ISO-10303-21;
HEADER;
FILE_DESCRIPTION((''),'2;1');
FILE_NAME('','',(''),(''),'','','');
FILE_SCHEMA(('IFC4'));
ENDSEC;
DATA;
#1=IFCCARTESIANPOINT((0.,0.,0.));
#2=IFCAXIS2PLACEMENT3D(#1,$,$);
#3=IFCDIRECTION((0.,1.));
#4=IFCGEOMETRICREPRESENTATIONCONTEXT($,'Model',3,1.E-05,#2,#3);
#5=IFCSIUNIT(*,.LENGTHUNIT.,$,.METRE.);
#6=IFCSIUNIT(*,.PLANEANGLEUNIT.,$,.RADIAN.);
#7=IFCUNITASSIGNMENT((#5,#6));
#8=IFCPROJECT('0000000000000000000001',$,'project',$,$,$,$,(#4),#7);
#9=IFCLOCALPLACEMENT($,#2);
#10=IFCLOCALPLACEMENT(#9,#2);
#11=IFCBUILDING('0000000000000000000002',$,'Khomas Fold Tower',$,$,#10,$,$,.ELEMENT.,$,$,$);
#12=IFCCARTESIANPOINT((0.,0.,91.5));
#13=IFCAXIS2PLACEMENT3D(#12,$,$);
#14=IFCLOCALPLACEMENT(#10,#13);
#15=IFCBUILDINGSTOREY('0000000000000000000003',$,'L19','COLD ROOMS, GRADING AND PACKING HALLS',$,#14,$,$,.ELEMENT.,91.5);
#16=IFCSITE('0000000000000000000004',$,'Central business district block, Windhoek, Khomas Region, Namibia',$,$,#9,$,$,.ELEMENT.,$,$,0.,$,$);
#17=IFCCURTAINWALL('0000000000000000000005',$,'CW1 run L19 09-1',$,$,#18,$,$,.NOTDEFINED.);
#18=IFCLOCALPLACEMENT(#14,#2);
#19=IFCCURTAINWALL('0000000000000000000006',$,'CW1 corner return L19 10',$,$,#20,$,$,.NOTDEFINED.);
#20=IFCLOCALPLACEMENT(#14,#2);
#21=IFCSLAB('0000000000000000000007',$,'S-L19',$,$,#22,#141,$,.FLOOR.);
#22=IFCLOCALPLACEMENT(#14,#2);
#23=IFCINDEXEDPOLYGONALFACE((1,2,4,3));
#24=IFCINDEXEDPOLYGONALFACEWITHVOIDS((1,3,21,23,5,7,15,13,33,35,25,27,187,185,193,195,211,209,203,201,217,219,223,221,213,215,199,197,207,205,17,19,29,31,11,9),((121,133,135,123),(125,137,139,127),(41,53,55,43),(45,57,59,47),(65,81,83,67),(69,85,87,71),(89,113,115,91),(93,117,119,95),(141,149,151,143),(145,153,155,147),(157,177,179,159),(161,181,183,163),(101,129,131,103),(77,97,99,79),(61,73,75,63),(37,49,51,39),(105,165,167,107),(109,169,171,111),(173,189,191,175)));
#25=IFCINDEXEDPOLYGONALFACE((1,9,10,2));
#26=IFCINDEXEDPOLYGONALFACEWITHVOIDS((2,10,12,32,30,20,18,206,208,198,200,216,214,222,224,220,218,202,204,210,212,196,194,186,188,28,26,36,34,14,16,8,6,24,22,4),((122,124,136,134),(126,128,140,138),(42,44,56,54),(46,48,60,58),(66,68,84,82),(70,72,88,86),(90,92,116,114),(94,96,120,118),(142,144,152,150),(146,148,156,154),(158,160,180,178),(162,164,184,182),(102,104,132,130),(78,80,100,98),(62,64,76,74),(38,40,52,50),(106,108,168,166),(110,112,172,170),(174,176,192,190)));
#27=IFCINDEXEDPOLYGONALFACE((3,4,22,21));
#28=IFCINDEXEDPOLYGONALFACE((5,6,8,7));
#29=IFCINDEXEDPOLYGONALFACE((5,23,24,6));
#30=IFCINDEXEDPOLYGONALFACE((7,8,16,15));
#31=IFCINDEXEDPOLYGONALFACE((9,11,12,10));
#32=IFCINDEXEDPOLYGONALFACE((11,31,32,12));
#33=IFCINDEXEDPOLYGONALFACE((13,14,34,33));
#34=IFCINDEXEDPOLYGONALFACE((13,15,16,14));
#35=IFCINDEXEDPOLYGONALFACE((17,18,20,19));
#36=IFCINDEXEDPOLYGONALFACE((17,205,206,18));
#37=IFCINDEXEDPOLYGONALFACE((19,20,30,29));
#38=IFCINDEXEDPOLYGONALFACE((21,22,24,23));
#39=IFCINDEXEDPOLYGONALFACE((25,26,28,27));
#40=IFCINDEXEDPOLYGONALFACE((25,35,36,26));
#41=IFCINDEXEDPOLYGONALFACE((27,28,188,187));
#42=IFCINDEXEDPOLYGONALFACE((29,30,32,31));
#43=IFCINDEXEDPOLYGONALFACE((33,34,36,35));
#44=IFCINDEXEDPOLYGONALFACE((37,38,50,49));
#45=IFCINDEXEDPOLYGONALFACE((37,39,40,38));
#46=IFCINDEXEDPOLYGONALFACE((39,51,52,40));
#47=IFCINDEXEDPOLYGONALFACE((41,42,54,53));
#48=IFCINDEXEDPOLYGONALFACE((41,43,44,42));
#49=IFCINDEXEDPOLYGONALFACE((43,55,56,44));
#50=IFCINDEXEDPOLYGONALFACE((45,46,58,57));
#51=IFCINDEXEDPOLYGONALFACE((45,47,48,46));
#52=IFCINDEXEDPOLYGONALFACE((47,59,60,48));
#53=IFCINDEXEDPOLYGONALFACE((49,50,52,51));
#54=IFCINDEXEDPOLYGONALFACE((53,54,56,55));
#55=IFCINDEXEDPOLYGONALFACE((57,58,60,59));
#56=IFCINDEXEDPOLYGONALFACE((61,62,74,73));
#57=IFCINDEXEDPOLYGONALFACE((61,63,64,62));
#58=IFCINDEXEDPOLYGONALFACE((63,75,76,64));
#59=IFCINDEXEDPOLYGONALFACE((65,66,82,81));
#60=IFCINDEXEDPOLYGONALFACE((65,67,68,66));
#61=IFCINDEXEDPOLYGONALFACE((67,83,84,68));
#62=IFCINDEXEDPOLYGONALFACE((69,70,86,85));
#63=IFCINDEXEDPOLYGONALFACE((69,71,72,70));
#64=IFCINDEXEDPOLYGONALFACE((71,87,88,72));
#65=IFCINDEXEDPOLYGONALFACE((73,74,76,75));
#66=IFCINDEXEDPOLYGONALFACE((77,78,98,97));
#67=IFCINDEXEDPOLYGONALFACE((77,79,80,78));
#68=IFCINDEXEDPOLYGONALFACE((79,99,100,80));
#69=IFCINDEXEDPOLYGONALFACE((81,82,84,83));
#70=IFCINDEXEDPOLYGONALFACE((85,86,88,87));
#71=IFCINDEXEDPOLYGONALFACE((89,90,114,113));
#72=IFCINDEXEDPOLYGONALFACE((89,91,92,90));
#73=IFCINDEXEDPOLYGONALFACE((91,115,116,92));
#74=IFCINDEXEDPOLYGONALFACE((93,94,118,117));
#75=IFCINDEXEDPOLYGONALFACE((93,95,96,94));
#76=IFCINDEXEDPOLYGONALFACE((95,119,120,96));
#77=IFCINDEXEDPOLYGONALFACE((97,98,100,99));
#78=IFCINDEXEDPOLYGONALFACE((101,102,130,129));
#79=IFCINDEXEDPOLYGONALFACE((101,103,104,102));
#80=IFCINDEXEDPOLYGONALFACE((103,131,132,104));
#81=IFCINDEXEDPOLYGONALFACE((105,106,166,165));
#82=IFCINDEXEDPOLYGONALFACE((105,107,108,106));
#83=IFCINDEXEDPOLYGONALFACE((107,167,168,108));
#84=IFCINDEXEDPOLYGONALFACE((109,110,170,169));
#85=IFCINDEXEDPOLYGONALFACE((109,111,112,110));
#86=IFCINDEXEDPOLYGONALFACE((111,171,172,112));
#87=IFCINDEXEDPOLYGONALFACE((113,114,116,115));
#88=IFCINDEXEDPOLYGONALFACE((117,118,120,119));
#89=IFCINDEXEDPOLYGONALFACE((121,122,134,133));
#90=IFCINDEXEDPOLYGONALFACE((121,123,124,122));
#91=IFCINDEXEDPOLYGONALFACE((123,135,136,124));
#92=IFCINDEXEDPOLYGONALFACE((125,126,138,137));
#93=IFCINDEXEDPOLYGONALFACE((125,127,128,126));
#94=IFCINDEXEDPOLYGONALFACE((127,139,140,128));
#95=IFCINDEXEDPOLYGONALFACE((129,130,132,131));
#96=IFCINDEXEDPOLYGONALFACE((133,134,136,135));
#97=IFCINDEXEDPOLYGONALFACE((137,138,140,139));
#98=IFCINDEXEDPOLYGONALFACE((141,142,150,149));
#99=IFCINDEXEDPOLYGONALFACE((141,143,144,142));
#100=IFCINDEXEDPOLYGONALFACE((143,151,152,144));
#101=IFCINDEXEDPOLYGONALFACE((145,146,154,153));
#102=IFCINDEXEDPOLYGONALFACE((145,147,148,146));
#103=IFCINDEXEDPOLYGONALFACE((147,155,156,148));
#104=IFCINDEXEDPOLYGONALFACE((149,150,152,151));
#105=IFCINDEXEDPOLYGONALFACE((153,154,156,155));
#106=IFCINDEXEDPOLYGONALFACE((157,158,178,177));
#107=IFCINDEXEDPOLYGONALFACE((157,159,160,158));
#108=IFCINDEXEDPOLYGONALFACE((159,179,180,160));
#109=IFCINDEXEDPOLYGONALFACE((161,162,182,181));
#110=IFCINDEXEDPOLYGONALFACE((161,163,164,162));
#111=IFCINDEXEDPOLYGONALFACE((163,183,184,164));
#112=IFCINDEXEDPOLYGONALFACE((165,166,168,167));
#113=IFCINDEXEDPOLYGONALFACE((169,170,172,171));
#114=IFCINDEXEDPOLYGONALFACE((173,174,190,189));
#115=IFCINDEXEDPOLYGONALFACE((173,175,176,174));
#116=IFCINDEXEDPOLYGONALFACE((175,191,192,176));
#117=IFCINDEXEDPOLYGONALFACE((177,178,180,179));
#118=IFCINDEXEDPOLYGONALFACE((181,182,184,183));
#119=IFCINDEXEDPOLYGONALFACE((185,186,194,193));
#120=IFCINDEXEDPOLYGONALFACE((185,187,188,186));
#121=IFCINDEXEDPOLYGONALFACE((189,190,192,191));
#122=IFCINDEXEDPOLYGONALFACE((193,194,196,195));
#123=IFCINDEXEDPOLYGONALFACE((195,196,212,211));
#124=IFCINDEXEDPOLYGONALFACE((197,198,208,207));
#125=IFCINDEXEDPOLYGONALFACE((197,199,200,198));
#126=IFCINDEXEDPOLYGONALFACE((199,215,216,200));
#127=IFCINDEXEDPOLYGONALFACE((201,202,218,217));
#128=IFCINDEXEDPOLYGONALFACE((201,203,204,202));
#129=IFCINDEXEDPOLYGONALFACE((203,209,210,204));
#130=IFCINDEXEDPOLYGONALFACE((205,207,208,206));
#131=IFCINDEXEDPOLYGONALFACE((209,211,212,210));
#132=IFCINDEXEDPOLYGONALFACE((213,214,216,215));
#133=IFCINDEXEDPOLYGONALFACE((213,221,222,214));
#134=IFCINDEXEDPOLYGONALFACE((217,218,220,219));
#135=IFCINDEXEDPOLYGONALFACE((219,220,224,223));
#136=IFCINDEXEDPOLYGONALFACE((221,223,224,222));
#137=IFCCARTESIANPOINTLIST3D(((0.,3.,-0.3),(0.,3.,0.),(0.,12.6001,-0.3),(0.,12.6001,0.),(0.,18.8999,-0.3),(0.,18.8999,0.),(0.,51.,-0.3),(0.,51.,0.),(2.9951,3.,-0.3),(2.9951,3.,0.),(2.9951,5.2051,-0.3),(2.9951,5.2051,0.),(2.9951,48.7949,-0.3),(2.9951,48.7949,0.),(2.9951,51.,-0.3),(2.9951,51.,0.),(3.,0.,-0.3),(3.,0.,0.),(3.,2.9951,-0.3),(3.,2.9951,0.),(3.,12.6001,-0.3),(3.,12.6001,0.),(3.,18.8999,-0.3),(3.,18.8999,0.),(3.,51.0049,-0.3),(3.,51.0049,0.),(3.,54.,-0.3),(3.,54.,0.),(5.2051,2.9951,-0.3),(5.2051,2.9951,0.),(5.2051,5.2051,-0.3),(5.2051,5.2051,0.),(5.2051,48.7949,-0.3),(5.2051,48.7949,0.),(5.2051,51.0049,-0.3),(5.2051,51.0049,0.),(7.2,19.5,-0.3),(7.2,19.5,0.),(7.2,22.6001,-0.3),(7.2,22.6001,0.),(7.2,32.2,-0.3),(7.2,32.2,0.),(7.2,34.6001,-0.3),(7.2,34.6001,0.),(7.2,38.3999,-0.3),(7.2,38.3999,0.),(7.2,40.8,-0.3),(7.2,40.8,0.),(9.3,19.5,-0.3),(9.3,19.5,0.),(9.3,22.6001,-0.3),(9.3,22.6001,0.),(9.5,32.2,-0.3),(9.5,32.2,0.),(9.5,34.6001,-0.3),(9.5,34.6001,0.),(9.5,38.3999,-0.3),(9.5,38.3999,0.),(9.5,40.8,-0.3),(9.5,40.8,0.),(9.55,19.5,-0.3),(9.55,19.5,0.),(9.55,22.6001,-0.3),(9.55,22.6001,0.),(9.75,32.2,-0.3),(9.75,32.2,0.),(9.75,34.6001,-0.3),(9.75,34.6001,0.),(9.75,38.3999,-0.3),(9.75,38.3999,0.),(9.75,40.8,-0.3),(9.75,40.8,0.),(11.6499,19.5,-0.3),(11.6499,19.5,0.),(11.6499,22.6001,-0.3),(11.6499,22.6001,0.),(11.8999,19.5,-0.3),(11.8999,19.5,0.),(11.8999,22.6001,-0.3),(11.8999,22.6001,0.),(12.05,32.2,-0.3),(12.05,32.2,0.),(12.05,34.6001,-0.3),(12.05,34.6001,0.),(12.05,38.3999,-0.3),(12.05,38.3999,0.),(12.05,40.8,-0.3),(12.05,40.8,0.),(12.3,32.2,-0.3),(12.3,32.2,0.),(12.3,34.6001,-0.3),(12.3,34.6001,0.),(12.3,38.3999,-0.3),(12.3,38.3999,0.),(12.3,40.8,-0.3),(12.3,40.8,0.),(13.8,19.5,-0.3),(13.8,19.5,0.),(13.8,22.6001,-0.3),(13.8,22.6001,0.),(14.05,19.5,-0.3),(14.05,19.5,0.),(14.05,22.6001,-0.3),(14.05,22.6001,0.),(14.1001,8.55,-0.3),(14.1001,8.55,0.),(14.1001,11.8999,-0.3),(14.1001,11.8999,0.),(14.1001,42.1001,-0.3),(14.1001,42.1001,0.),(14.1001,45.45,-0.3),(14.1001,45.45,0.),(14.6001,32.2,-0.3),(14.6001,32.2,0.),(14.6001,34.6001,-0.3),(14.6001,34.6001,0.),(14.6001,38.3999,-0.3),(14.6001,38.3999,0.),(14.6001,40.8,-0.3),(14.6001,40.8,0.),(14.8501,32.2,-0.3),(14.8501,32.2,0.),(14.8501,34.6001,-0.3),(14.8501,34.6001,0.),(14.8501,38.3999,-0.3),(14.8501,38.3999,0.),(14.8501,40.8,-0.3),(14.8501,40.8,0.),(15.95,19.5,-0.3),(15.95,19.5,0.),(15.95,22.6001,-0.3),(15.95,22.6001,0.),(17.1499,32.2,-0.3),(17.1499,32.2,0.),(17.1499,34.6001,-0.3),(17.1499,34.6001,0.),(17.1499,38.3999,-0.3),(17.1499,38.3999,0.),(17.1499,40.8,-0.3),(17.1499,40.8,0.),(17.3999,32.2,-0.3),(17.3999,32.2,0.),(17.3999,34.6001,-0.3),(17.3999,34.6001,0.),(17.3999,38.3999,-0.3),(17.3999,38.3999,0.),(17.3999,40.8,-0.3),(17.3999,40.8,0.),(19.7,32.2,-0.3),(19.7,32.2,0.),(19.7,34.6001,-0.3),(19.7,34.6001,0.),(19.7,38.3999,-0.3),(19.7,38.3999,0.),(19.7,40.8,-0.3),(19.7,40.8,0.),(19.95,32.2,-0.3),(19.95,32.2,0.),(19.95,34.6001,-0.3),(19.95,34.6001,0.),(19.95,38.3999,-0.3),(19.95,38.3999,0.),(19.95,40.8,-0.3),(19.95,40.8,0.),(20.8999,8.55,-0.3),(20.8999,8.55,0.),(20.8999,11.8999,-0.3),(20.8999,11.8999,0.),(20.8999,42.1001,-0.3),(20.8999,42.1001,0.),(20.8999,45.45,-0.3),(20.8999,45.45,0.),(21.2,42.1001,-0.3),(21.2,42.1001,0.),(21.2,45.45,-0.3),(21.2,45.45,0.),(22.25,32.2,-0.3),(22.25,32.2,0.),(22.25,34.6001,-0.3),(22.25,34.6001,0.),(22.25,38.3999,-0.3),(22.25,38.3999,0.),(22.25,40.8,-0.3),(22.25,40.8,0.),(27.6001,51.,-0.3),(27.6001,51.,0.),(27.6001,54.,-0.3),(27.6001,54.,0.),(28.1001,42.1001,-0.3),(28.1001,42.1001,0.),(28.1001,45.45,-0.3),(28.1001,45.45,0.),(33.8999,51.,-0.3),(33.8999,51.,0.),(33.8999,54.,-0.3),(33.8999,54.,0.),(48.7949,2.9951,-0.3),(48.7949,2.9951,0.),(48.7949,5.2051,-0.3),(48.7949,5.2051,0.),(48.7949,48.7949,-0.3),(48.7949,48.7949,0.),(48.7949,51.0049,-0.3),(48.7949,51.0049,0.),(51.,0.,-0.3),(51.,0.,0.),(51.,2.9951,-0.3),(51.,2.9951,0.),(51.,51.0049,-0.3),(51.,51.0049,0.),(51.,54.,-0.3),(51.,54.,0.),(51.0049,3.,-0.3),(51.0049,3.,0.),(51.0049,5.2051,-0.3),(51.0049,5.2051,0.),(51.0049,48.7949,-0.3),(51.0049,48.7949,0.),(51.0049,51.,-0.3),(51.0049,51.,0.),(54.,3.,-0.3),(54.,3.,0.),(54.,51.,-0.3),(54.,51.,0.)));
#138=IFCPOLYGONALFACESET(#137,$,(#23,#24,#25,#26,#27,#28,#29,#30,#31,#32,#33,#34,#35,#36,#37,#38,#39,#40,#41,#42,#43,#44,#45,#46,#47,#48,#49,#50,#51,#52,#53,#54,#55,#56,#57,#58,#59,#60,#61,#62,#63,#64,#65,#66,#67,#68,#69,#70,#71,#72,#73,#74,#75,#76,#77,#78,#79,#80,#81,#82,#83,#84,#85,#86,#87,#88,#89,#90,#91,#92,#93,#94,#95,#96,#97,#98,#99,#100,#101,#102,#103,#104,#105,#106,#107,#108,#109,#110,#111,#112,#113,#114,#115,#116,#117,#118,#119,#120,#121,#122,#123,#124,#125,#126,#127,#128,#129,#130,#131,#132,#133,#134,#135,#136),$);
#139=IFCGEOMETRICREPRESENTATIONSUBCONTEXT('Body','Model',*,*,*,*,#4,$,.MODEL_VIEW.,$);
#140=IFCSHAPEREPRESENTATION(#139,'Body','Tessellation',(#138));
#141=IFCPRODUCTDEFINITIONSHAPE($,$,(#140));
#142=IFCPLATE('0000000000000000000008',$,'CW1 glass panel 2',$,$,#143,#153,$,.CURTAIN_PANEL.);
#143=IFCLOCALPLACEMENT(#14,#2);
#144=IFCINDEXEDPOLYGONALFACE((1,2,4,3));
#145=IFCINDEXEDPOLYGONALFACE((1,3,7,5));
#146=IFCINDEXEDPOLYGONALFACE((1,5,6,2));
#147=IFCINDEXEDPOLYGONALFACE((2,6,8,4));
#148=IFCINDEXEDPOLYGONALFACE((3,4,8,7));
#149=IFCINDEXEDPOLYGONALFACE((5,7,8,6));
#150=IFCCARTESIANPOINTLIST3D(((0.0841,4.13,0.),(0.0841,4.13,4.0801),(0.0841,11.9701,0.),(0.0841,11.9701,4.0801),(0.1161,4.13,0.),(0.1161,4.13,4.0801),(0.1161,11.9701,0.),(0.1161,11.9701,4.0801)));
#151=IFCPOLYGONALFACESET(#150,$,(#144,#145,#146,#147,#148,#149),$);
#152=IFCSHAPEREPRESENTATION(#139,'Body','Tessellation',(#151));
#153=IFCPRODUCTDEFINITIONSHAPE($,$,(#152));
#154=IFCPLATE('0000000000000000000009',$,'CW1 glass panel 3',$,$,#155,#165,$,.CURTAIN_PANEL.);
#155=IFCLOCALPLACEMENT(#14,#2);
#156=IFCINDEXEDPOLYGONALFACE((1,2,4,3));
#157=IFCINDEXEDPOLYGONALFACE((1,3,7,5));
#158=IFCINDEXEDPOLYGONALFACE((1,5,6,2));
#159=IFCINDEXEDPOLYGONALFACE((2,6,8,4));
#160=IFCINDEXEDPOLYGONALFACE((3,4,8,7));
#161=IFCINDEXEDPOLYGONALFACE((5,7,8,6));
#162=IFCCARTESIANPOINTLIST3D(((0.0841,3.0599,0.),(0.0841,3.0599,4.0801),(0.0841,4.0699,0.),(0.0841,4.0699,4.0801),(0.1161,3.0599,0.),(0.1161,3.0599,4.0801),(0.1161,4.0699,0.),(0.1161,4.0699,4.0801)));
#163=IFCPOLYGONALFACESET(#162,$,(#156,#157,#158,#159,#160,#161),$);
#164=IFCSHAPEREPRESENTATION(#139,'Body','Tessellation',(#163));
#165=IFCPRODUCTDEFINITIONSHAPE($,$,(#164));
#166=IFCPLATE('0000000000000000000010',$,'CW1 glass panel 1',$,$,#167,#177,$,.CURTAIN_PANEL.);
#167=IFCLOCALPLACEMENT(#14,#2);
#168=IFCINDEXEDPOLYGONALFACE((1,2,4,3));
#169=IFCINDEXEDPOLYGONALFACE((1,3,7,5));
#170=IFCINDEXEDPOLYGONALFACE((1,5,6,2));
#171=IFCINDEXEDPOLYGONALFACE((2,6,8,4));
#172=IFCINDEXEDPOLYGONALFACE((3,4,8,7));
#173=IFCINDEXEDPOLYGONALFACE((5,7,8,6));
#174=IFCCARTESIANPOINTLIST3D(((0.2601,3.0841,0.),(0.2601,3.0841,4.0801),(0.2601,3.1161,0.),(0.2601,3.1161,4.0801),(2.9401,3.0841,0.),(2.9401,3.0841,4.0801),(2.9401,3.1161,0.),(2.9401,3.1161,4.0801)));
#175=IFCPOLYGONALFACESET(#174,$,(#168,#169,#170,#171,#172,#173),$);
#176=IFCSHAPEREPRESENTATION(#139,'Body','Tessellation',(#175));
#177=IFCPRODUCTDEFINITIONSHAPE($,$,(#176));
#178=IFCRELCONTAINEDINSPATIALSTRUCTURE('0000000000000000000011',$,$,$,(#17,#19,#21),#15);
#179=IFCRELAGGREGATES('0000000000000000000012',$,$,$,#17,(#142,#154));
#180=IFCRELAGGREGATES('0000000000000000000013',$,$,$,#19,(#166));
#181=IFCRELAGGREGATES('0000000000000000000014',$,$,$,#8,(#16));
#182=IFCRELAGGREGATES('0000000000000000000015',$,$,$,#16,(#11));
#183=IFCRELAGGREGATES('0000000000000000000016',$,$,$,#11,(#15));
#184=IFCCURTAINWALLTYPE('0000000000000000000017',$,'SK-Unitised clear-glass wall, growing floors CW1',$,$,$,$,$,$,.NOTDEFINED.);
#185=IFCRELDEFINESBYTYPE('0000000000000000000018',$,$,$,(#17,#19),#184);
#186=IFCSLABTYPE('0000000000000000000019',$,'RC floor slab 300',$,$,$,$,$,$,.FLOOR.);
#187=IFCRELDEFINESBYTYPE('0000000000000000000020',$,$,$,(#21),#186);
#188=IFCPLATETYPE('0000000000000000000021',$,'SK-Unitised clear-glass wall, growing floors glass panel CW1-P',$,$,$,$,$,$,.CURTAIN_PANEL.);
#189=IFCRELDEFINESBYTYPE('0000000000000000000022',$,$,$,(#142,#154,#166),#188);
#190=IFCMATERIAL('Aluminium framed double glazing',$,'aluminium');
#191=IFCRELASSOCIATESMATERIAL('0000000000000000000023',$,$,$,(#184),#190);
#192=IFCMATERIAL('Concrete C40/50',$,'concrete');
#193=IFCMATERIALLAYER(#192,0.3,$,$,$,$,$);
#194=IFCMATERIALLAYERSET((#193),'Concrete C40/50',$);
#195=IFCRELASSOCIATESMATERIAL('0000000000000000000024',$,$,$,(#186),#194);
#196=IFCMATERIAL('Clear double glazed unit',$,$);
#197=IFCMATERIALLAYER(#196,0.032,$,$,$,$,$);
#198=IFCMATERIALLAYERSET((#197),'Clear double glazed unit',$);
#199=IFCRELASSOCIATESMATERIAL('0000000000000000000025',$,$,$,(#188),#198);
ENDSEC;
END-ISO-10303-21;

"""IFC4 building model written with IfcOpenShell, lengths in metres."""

from ifc_helpers import new_model, si_unit, direction, frame, origin, origin_2d, place, context, subcontext, project, spatial, polyline, rectangle, outline, extrude, source, transform, mapped, material, layer, layer_set, type_object, element, aggregate, save


model = new_model("IFC4")

# Units and contexts
model_context = context("Model", 3, precision=1e-05, world=origin(), true_north=direction((0.0, 1.0)))
body_context = subcontext(model_context, "Body", "Model", "MODEL_VIEW")
ifc_project = project(units=[si_unit("LENGTHUNIT", "METRE"), si_unit("PLANEANGLEUNIT", "RADIAN")], contexts=[model_context])

# Site, building, storey
site_placement = place(None, origin())
site = spatial("IfcSite", under=ifc_project, at=site_placement, Name="Central business district block, Windhoek, Khomas Region, Namibia", CompositionType="ELEMENT", RefElevation=0.0)
building_placement = place(site_placement, origin())
building = spatial("IfcBuilding", under=site, at=building_placement, Name="Khomas Fold Tower", CompositionType="ELEMENT")
storey_placement = place(building_placement, frame((0.0, 0.0, 91.5)))
storey = spatial("IfcBuildingStorey", under=building, at=storey_placement, Name="L19", Description="COLD ROOMS, GRADING AND PACKING HALLS", CompositionType="ELEMENT", Elevation=91.5)

# Curtain walls
ifc_material_1 = material(Name="Aluminium framed double glazing", Category="aluminium")
curtain_wall_type = type_object("IfcCurtainWallType", Name="SK-Unitised clear-glass wall, growing floors CW1", PredefinedType="NOTDEFINED", material=ifc_material_1)
curtain_wall_1_placement = place(storey_placement, origin())
curtain_wall_1 = element("IfcCurtainWall", 1, at=curtain_wall_1_placement, inside=storey, type_object=curtain_wall_type, Name="CW1 run L19 09-1", PredefinedType="NOTDEFINED")
curtain_wall_2_placement = place(storey_placement, origin())
curtain_wall_2 = element("IfcCurtainWall", 2, at=curtain_wall_2_placement, inside=storey, type_object=curtain_wall_type, Name="CW1 corner return L19 10", PredefinedType="NOTDEFINED")

# Slab
ifc_material_2 = material(Name="Concrete C40/50", Category="concrete")
ifc_layer_1 = layer(ifc_material_2, 0.3)
ifc_layer_set_1 = layer_set([ifc_layer_1], Name="Concrete C40/50")
slab_type_1 = type_object("IfcSlabType", Name="RC floor slab 300", PredefinedType="FLOOR", material=ifc_layer_set_1)
shared_shape_1 = source(origin(), body_context, "Body", "SweptSolid", [
    extrude(outline(polyline([(0.0, 3.0), (2.9951, 3.0), (2.9951, 5.2051), (5.2051, 5.2051), (5.2051, 2.9951), (3.0, 2.9951), (3.0, 0.0), (51.0, 0.0), (51.0, 2.9951), (48.7949, 2.9951), (48.7949, 5.2051), (51.0049, 5.2051), (51.0049, 3.0), (54.0, 3.0), (54.0, 51.0), (51.0049, 51.0), (51.0049, 48.7949), (48.7949, 48.7949), (48.7949, 51.0049), (51.0, 51.0049), (51.0, 54.0), (33.8999, 54.0), (33.8999, 51.0), (27.6001, 51.0), (27.6001, 54.0), (3.0, 54.0), (3.0, 51.0049), (5.2051, 51.0049), (5.2051, 48.7949), (2.9951, 48.7949), (2.9951, 51.0), (0.0, 51.0), (0.0, 18.8999), (3.0, 18.8999), (3.0, 12.6001), (0.0, 12.6001), (0.0, 3.0)]), holes=[polyline([(7.2, 19.5), (7.2, 22.6001), (9.3, 22.6001), (9.3, 19.5), (7.2, 19.5)]), polyline([(7.2, 32.2), (7.2, 34.6001), (9.5, 34.6001), (9.5, 32.2), (7.2, 32.2)]), polyline([(7.2, 38.3999), (7.2, 40.8), (9.5, 40.8), (9.5, 38.3999), (7.2, 38.3999)]), polyline([(9.55, 19.5), (9.55, 22.6001), (11.6499, 22.6001), (11.6499, 19.5), (9.55, 19.5)]), polyline([(9.75, 32.2), (9.75, 34.6001), (12.05, 34.6001), (12.05, 32.2), (9.75, 32.2)]), polyline([(9.75, 38.3999), (9.75, 40.8), (12.05, 40.8), (12.05, 38.3999), (9.75, 38.3999)]), polyline([(11.8999, 19.5), (11.8999, 22.6001), (13.8, 22.6001), (13.8, 19.5), (11.8999, 19.5)]), polyline([(12.3, 32.2), (12.3, 34.6001), (14.6001, 34.6001), (14.6001, 32.2), (12.3, 32.2)]), polyline([(12.3, 38.3999), (12.3, 40.8), (14.6001, 40.8), (14.6001, 38.3999), (12.3, 38.3999)]), polyline([(14.05, 19.5), (14.05, 22.6001), (15.95, 22.6001), (15.95, 19.5), (14.05, 19.5)]), polyline([(14.1001, 8.55), (14.1001, 11.8999), (20.8999, 11.8999), (20.8999, 8.55), (14.1001, 8.55)]), polyline([(14.1001, 42.1001), (14.1001, 45.45), (20.8999, 45.45), (20.8999, 42.1001), (14.1001, 42.1001)]), polyline([(14.8501, 32.2), (14.8501, 34.6001), (17.1499, 34.6001), (17.1499, 32.2), (14.8501, 32.2)]), polyline([(14.8501, 38.3999), (14.8501, 40.8), (17.1499, 40.8), (17.1499, 38.3999), (14.8501, 38.3999)]), polyline([(17.3999, 32.2), (17.3999, 34.6001), (19.7, 34.6001), (19.7, 32.2), (17.3999, 32.2)]), polyline([(17.3999, 38.3999), (17.3999, 40.8), (19.7, 40.8), (19.7, 38.3999), (17.3999, 38.3999)]), polyline([(19.95, 32.2), (19.95, 34.6001), (22.25, 34.6001), (22.25, 32.2), (19.95, 32.2)]), polyline([(19.95, 38.3999), (19.95, 40.8), (22.25, 40.8), (22.25, 38.3999), (19.95, 38.3999)]), polyline([(21.2, 42.1001), (21.2, 45.45), (28.1001, 45.45), (28.1001, 42.1001), (21.2, 42.1001)])]), origin(), (0.0, 0.0, 1.0), 0.3),
])
slab_1_placement = place(storey_placement, frame((0.0, 0.0, -0.3)))
element("IfcSlab", 3, at=slab_1_placement, inside=storey, type_object=slab_type_1, Name="S-L19", PredefinedType="FLOOR", context=body_context, shape_type="MappedRepresentation", body=[
    mapped(shared_shape_1, transform((0.0, 0.0, 0.0))),
])

# Plates
ifc_material_3 = material(Name="Clear double glazed unit")
ifc_layer_2 = layer(ifc_material_3, 0.032)
ifc_layer_set_2 = layer_set([ifc_layer_2], Name="Clear double glazed unit")
plate_type = type_object("IfcPlateType", Name="SK-Unitised clear-glass wall, growing floors glass panel CW1-P", PredefinedType="CURTAIN_PANEL", material=ifc_layer_set_2)
shared_shape_2 = source(origin(), body_context, "Body", "SweptSolid", [
    extrude(rectangle(XDim=7.8401, YDim=0.032, at=origin_2d()), origin(), (0.0, 0.0, 1.0), 4.0801),
])
plate_1_placement = place(storey_placement, frame((0.1001, 8.05, 0.0), z_axis=(0.0, 0.0, 1.0), x_axis=(0.0, -1.0, 0.0)))
plate_1 = element("IfcPlate", 4, at=plate_1_placement, type_object=plate_type, Name="CW1 glass panel 2", PredefinedType="CURTAIN_PANEL", context=body_context, shape_type="MappedRepresentation", body=[
    mapped(shared_shape_2, transform((0.0, 0.0, 0.0))),
])
shared_shape_3 = source(origin(), body_context, "Body", "SweptSolid", [
    extrude(rectangle(XDim=1.01, YDim=0.032, at=origin_2d()), origin(), (0.0, 0.0, 1.0), 4.0801),
])
plate_2_placement = place(storey_placement, frame((0.1001, 3.5649, 0.0), z_axis=(0.0, 0.0, 1.0), x_axis=(0.0, -1.0, 0.0)))
plate_2 = element("IfcPlate", 5, at=plate_2_placement, type_object=plate_type, Name="CW1 glass panel 3", PredefinedType="CURTAIN_PANEL", context=body_context, shape_type="MappedRepresentation", body=[
    mapped(shared_shape_3, transform((0.0, 0.0, 0.0))),
])
aggregate(curtain_wall_1, [plate_1, plate_2])
shared_shape_4 = source(origin(), body_context, "Body", "SweptSolid", [
    extrude(rectangle(XDim=2.6799, YDim=0.032, at=origin_2d()), origin(), (0.0, 0.0, 1.0), 4.0801),
])
plate_3_placement = place(storey_placement, frame((1.6001, 3.1001, 0.0), z_axis=(0.0, 0.0, 1.0), x_axis=(1.0, 0.0, 0.0)))
plate_3 = element("IfcPlate", 6, at=plate_3_placement, type_object=plate_type, Name="CW1 glass panel 1", PredefinedType="CURTAIN_PANEL", context=body_context, shape_type="MappedRepresentation", body=[
    mapped(shared_shape_4, transform((0.0, 0.0, 0.0))),
])
aggregate(curtain_wall_2, [plate_3])

save(model, "model.ifc")
